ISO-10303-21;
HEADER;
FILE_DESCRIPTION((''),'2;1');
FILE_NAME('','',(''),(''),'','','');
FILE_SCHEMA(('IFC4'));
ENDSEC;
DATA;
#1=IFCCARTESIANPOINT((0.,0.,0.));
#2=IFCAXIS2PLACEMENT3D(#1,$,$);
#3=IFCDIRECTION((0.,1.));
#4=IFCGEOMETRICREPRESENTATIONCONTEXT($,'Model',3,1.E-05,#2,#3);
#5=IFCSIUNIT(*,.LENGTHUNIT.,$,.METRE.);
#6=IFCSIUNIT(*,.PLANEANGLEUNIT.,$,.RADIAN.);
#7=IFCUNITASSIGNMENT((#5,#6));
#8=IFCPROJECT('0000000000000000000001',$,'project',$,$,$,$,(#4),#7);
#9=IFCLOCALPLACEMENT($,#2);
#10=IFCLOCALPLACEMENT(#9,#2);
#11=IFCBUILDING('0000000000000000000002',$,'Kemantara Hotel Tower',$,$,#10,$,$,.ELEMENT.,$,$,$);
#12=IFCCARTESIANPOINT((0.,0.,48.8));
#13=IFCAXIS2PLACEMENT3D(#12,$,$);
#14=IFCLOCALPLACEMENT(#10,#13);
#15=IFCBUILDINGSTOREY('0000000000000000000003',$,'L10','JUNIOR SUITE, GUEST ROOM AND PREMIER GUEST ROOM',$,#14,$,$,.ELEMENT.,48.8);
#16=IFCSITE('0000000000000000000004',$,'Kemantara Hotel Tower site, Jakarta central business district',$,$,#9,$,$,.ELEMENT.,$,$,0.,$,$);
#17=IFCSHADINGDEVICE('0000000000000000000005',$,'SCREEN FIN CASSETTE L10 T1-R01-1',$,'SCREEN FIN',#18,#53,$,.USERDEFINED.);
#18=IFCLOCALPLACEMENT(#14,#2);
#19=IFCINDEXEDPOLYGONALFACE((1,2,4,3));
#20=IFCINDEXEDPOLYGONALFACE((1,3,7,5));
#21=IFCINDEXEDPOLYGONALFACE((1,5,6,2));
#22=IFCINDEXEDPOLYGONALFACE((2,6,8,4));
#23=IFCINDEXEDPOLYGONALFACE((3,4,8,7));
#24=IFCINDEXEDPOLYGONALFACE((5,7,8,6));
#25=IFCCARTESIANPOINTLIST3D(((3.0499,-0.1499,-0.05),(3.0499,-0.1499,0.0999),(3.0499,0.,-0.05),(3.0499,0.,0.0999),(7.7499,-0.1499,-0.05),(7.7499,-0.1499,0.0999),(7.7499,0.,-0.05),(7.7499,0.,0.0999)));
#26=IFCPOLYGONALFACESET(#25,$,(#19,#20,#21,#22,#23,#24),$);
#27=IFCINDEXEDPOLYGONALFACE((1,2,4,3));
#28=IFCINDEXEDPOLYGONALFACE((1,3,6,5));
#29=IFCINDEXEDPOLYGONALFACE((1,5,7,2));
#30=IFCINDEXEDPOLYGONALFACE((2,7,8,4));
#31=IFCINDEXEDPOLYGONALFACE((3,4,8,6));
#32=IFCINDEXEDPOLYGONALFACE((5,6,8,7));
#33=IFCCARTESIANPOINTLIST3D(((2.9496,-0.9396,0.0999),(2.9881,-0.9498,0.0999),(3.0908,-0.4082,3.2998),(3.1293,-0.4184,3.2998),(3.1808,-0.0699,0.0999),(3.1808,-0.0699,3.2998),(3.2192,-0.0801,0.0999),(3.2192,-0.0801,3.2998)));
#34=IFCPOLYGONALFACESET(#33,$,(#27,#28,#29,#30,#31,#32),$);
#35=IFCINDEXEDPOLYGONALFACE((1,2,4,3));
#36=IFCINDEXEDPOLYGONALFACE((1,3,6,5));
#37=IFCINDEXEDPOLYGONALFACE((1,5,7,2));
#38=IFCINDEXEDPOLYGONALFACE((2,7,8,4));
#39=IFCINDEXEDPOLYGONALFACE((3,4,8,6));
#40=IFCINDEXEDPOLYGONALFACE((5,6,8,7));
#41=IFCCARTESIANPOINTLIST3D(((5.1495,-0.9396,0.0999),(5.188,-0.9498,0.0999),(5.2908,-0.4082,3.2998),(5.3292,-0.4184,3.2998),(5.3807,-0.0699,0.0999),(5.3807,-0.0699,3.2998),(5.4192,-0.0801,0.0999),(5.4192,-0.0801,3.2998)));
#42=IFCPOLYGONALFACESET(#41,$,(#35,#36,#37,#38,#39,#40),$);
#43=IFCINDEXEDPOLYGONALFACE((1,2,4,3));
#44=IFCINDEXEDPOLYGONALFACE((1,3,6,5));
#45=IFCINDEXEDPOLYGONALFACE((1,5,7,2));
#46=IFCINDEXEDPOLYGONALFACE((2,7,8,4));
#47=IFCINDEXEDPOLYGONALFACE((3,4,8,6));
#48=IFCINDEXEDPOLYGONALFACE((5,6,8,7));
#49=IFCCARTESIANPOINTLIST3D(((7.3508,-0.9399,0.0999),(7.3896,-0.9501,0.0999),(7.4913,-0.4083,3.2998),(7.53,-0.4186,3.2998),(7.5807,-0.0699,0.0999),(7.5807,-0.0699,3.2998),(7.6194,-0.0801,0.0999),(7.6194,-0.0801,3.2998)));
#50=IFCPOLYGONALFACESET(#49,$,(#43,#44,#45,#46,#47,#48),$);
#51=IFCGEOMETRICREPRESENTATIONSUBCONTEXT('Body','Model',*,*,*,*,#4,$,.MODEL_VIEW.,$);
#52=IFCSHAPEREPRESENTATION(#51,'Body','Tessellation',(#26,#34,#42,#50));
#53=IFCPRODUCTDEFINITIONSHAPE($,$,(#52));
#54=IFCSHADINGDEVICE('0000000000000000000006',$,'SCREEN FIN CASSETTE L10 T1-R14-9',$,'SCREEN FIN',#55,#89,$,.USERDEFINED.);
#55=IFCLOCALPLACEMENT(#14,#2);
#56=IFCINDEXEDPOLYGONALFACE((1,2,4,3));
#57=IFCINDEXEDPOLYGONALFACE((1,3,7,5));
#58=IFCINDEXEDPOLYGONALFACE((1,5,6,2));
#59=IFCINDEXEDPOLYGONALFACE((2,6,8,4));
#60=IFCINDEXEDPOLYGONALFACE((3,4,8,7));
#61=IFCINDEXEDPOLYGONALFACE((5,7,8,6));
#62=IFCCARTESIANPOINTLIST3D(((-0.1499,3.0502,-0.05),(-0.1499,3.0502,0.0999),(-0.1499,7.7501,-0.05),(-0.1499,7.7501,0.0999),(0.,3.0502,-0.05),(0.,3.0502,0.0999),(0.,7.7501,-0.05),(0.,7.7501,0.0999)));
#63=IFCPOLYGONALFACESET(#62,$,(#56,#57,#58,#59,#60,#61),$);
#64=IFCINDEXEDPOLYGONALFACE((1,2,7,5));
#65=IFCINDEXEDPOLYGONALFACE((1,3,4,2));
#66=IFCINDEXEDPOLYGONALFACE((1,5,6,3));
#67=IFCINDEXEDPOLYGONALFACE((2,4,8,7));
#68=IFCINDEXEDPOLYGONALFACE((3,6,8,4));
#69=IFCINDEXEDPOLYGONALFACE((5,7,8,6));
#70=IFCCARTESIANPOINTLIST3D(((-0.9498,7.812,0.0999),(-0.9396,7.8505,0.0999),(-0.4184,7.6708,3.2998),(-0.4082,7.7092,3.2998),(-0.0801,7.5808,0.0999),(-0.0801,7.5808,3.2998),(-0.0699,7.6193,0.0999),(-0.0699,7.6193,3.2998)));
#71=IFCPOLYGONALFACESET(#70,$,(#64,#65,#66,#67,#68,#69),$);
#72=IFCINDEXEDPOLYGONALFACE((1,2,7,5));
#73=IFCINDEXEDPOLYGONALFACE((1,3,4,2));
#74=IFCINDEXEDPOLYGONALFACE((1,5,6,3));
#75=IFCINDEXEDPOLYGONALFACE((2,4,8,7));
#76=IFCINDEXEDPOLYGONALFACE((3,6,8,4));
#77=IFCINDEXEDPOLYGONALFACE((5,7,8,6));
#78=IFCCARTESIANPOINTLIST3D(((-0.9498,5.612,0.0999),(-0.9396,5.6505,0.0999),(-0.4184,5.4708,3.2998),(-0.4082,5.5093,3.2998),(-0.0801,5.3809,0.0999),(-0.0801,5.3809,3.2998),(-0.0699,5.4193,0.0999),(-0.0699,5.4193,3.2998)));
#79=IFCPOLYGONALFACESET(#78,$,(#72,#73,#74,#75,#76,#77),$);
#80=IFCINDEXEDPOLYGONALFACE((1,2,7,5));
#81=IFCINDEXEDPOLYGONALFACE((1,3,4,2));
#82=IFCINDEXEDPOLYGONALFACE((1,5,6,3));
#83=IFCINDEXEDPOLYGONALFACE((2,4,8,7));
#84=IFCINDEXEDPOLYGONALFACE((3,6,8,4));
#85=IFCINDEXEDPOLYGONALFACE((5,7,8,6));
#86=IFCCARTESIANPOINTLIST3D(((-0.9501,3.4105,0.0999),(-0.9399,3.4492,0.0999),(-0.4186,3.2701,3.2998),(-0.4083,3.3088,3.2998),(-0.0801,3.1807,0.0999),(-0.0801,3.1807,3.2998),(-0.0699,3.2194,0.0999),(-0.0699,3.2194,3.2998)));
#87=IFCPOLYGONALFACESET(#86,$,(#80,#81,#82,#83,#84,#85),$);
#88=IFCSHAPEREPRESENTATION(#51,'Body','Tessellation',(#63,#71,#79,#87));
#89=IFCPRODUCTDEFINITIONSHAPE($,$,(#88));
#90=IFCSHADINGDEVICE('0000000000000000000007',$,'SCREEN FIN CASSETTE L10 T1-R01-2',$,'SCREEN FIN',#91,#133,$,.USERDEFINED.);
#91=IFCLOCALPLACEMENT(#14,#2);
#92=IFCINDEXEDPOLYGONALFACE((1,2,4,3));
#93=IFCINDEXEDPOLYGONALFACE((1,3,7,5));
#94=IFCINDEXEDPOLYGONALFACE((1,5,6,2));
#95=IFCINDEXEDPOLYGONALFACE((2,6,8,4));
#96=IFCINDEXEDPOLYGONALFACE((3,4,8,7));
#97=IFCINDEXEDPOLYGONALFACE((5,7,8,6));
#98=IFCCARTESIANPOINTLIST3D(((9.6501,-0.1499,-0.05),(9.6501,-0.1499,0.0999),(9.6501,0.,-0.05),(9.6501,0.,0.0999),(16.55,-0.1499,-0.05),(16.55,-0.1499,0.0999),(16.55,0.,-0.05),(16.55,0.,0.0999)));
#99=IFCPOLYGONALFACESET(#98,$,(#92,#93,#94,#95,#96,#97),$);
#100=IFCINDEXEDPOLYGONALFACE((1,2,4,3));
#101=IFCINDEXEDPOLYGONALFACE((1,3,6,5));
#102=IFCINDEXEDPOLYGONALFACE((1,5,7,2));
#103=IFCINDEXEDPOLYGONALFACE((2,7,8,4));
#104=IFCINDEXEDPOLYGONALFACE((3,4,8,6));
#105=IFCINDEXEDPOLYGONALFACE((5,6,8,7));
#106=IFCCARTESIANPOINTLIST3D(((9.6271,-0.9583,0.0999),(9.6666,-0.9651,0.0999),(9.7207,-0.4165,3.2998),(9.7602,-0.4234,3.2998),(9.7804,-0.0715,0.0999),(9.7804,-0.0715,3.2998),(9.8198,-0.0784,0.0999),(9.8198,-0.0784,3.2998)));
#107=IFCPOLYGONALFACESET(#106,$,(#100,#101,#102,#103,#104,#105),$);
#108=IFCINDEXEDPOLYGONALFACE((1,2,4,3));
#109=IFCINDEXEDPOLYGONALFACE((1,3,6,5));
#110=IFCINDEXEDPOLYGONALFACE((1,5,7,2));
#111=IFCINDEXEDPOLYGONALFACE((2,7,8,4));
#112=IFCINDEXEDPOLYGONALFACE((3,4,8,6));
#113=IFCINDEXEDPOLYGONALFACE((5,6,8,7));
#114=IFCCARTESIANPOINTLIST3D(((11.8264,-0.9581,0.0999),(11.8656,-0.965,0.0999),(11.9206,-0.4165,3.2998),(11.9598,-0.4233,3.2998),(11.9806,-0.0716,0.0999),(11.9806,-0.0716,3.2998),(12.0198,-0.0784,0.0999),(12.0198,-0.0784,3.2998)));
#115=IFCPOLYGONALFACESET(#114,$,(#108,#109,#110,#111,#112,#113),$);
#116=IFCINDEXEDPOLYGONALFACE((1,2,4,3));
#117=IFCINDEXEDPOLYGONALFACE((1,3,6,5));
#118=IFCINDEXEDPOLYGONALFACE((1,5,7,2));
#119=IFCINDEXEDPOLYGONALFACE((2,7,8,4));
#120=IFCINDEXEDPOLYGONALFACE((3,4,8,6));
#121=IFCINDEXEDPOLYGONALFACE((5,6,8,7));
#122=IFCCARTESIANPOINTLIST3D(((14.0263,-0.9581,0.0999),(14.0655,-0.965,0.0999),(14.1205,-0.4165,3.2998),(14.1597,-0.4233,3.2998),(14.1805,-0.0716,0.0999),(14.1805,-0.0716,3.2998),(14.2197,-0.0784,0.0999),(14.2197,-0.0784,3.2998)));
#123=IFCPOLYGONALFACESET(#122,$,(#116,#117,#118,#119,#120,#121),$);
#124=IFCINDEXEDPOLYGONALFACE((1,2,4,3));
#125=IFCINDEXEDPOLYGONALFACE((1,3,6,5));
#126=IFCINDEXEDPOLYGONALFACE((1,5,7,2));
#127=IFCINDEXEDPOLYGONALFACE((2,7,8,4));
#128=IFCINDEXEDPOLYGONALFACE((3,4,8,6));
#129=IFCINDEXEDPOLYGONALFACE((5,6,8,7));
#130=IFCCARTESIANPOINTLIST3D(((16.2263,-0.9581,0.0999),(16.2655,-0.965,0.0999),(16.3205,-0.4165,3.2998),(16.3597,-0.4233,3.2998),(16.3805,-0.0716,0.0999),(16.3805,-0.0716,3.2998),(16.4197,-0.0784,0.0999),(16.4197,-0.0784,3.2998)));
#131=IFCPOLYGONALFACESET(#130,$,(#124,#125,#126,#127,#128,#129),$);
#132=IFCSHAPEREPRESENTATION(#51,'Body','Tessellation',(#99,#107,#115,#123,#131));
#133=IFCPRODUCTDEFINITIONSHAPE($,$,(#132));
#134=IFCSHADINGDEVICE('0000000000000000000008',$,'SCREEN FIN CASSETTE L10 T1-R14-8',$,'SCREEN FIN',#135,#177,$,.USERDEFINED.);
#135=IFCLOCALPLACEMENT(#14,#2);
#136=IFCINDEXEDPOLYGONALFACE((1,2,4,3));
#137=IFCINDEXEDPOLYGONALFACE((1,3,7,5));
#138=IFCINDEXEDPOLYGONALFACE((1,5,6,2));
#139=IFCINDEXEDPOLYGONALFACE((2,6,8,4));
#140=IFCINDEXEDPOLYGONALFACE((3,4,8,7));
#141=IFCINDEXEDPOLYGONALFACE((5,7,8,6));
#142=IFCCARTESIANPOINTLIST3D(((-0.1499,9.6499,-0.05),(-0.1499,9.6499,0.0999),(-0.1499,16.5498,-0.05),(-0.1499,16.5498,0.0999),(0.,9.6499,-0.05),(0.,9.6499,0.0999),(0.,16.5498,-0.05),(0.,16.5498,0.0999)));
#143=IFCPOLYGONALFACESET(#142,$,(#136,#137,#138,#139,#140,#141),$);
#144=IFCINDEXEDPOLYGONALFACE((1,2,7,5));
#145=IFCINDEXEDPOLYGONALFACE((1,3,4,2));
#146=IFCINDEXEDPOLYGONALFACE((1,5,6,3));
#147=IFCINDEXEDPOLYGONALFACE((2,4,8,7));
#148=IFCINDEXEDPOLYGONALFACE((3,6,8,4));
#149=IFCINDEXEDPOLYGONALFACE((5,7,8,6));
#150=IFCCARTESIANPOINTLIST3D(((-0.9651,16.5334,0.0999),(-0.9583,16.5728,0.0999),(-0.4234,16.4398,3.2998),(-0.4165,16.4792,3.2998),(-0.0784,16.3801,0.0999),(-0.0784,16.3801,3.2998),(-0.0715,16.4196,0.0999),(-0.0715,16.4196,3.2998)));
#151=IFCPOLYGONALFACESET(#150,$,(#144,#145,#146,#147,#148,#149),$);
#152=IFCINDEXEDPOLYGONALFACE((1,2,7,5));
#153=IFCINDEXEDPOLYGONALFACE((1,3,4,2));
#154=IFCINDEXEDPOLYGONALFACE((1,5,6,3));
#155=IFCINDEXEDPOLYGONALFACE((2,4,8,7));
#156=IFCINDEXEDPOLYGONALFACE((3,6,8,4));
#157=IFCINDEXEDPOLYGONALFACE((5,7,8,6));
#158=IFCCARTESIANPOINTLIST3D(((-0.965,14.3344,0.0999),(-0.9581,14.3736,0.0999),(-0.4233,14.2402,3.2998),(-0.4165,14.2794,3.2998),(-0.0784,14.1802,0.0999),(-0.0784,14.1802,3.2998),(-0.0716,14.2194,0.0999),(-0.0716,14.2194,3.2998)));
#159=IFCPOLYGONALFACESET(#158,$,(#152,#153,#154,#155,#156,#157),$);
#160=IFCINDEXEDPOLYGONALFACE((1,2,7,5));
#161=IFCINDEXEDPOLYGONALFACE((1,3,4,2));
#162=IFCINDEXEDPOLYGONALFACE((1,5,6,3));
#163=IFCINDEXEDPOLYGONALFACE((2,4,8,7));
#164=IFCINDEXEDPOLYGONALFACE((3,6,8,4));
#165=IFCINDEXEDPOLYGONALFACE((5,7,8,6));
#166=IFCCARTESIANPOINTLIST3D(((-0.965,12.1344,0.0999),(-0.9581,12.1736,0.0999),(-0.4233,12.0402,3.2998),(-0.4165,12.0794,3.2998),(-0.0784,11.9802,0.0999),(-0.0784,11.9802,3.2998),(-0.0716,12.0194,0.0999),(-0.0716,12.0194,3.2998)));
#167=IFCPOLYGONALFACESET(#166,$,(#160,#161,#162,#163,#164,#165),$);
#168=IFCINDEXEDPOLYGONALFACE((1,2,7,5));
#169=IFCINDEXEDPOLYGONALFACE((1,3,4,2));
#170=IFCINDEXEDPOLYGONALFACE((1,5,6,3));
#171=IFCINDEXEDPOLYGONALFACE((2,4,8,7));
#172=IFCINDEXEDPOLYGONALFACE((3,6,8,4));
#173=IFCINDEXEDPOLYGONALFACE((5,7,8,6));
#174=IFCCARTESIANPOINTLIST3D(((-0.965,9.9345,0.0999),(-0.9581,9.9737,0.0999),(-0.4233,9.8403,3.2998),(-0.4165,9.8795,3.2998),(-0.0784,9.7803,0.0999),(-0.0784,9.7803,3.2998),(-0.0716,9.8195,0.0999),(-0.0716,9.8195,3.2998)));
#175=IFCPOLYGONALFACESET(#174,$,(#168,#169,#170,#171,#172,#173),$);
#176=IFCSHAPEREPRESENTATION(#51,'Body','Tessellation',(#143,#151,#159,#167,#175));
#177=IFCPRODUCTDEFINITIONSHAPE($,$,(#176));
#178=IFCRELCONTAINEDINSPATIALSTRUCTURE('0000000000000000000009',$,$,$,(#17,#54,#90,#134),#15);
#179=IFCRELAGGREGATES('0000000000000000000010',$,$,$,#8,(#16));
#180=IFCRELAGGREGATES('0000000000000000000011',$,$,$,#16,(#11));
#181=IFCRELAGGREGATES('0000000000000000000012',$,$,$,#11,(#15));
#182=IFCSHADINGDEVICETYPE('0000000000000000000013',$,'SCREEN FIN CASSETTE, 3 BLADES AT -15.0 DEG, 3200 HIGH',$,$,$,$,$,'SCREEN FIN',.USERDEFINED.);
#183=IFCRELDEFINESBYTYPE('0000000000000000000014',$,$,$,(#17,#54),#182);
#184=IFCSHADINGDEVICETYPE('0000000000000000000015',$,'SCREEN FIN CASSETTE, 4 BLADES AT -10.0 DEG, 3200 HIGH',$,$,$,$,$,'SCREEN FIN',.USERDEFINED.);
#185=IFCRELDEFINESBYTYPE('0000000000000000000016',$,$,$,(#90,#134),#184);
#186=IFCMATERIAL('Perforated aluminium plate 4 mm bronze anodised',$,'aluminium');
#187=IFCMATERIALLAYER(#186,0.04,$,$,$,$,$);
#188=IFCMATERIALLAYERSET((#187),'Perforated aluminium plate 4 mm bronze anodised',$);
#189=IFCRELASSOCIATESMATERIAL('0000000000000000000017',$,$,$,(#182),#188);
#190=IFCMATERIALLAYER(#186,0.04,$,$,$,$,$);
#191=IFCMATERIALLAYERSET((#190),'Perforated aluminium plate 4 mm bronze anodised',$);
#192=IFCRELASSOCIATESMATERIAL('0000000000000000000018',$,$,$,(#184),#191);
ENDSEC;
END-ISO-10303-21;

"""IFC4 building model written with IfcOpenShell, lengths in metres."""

from ifc_helpers import new_model, si_unit, direction, frame, origin, origin_2d, place, context, subcontext, project, spatial, polyline, rectangle, outline, extrude, source, transform, mapped, material, layer, layer_set, type_object, element, save


model = new_model("IFC4")

# Units and contexts
model_context = context("Model", 3, precision=1e-05, world=origin(), true_north=direction((0.0, 1.0)))
body_context = subcontext(model_context, "Body", "Model", "MODEL_VIEW")
ifc_project = project(units=[si_unit("LENGTHUNIT", "METRE"), si_unit("PLANEANGLEUNIT", "RADIAN")], contexts=[model_context])

# Site, building, storey
site_placement = place(None, origin())
site = spatial("IfcSite", under=ifc_project, at=site_placement, Name="Kemantara Hotel Tower site, Jakarta central business district", CompositionType="ELEMENT", RefElevation=0.0)
building_placement = place(site_placement, origin())
building = spatial("IfcBuilding", under=site, at=building_placement, Name="Kemantara Hotel Tower", CompositionType="ELEMENT")
storey_placement = place(building_placement, frame((0.0, 0.0, 48.8)))
storey = spatial("IfcBuildingStorey", under=building, at=storey_placement, Name="L10", Description="JUNIOR SUITE, GUEST ROOM AND PREMIER GUEST ROOM", CompositionType="ELEMENT", Elevation=48.8)

# Shading devices
ifc_material_1 = material(Name="Perforated aluminium plate 4 mm bronze anodised", Category="aluminium")
ifc_layer_1 = layer(ifc_material_1, 0.04)
ifc_layer_set_1 = layer_set([ifc_layer_1], Name="Perforated aluminium plate 4 mm bronze anodised")
shading_device_type_1 = type_object("IfcShadingDeviceType", Name="SCREEN FIN CASSETTE, 3 BLADES AT -15.0 DEG, 3200 HIGH", ElementType="SCREEN FIN", PredefinedType="USERDEFINED", material=ifc_layer_set_1)
shared_shape_1 = source(origin(), body_context, "Body", "SweptSolid", [
    extrude(rectangle(XDim=4.7, YDim=0.1499, at=origin_2d()), frame((2.2, -0.075, -0.1499), z_axis=(0.0, 0.0, 1.0), x_axis=(1.0, 0.0, 0.0)), (0.0, 0.0, 1.0), 0.1499),
    extrude(outline(polyline([(0.0, 0.0), (0.8999, 0.0), (0.3501, 3.2), (0.0, 3.2), (0.0, 0.0)])), frame((0.0193, -0.0801, 0.0), z_axis=(-0.966438, 0.256901, 0.0), x_axis=(-0.256901, -0.966438, 0.0)), (0.0, 0.0, 1.0), 0.0398),
    extrude(outline(polyline([(0.0, 0.0), (0.8999, 0.0), (0.3501, 3.2), (0.0, 3.2), (0.0, 0.0)])), frame((2.2192, -0.0801, 0.0), z_axis=(-0.966438, 0.256901, 0.0), x_axis=(-0.256901, -0.966438, 0.0)), (0.0, 0.0, 1.0), 0.0398),
    extrude(outline(polyline([(0.0, 0.0), (0.8999, 0.0), (0.3501, 3.2), (0.0, 3.2), (0.0, 0.0)])), frame((4.4194, -0.0801, 0.0), z_axis=(-0.966838, 0.255391, 0.0), x_axis=(-0.255391, -0.966838, 0.0)), (0.0, 0.0, 1.0), 0.04),
])
for number, where, z_axis, x_axis, name in (
    (1, (3.2, 0.0, 0.0999), (0.0, 0.0, 1.0), (1.0, 0.0, 0.0), "SCREEN FIN CASSETTE L10 T1-R01-1"),
    (2, (0.0, 7.6001, 0.0999), (0.0, 0.0, 1.0), (0.0, -1.0, 0.0), "SCREEN FIN CASSETTE L10 T1-R14-9"),
):
    element("IfcShadingDevice", number, at=place(storey_placement, frame(where, z_axis=z_axis, x_axis=x_axis)), inside=storey, type_object=shading_device_type_1, Name=name, ObjectType="SCREEN FIN", PredefinedType="USERDEFINED", context=body_context, shape_type="MappedRepresentation", body=[
        mapped(shared_shape_1, transform((0.0, 0.0, 0.0))),
    ])
ifc_layer_2 = layer(ifc_material_1, 0.04)
ifc_layer_set_2 = layer_set([ifc_layer_2], Name="Perforated aluminium plate 4 mm bronze anodised")
shading_device_type_2 = type_object("IfcShadingDeviceType", Name="SCREEN FIN CASSETTE, 4 BLADES AT -10.0 DEG, 3200 HIGH", ElementType="SCREEN FIN", PredefinedType="USERDEFINED", material=ifc_layer_set_2)
shared_shape_2 = source(origin(), body_context, "Body", "SweptSolid", [
    extrude(rectangle(XDim=6.8999, YDim=0.1499, at=origin_2d()), frame((3.3, -0.075, -0.1499), z_axis=(0.0, 0.0, 1.0), x_axis=(1.0, 0.0, 0.0)), (0.0, 0.0, 1.0), 0.1499),
    extrude(outline(polyline([(0.0, 0.0), (0.8999, 0.0), (0.3501, 3.2), (0.0, 3.2), (0.0, 0.0)])), frame((0.0198, -0.0784, 0.0), z_axis=(-0.98539, 0.170314, 0.0), x_axis=(-0.170314, -0.98539, 0.0)), (0.0, 0.0, 1.0), 0.04),
    extrude(outline(polyline([(0.0, 0.0), (0.8999, 0.0), (0.3501, 3.2), (0.0, 3.2), (0.0, 0.0)])), frame((2.2197, -0.0784, 0.0), z_axis=(-0.985212, 0.171341, 0.0), x_axis=(-0.171341, -0.985212, 0.0)), (0.0, 0.0, 1.0), 0.0398),
    extrude(outline(polyline([(0.0, 0.0), (0.8999, 0.0), (0.3501, 3.2), (0.0, 3.2), (0.0, 0.0)])), frame((4.4197, -0.0784, 0.0), z_axis=(-0.985212, 0.171341, 0.0), x_axis=(-0.171341, -0.985212, 0.0)), (0.0, 0.0, 1.0), 0.0398),
    extrude(outline(polyline([(0.0, 0.0), (0.8999, 0.0), (0.3501, 3.2), (0.0, 3.2), (0.0, 0.0)])), frame((6.6196, -0.0784, 0.0), z_axis=(-0.985212, 0.171341, 0.0), x_axis=(-0.171341, -0.985212, 0.0)), (0.0, 0.0, 1.0), 0.0398),
])
for number, where, z_axis, x_axis, name in (
    (3, (9.8, 0.0, 0.0999), (0.0, 0.0, 1.0), (1.0, 0.0, 0.0), "SCREEN FIN CASSETTE L10 T1-R01-2"),
    (4, (0.0, 16.3999, 0.0999), (0.0, 0.0, 1.0), (0.0, -1.0, 0.0), "SCREEN FIN CASSETTE L10 T1-R14-8"),
):
    element("IfcShadingDevice", number, at=place(storey_placement, frame(where, z_axis=z_axis, x_axis=x_axis)), inside=storey, type_object=shading_device_type_2, Name=name, ObjectType="SCREEN FIN", PredefinedType="USERDEFINED", context=body_context, shape_type="MappedRepresentation", body=[
        mapped(shared_shape_2, transform((0.0, 0.0, 0.0))),
    ])

save(model, "model.ifc")
